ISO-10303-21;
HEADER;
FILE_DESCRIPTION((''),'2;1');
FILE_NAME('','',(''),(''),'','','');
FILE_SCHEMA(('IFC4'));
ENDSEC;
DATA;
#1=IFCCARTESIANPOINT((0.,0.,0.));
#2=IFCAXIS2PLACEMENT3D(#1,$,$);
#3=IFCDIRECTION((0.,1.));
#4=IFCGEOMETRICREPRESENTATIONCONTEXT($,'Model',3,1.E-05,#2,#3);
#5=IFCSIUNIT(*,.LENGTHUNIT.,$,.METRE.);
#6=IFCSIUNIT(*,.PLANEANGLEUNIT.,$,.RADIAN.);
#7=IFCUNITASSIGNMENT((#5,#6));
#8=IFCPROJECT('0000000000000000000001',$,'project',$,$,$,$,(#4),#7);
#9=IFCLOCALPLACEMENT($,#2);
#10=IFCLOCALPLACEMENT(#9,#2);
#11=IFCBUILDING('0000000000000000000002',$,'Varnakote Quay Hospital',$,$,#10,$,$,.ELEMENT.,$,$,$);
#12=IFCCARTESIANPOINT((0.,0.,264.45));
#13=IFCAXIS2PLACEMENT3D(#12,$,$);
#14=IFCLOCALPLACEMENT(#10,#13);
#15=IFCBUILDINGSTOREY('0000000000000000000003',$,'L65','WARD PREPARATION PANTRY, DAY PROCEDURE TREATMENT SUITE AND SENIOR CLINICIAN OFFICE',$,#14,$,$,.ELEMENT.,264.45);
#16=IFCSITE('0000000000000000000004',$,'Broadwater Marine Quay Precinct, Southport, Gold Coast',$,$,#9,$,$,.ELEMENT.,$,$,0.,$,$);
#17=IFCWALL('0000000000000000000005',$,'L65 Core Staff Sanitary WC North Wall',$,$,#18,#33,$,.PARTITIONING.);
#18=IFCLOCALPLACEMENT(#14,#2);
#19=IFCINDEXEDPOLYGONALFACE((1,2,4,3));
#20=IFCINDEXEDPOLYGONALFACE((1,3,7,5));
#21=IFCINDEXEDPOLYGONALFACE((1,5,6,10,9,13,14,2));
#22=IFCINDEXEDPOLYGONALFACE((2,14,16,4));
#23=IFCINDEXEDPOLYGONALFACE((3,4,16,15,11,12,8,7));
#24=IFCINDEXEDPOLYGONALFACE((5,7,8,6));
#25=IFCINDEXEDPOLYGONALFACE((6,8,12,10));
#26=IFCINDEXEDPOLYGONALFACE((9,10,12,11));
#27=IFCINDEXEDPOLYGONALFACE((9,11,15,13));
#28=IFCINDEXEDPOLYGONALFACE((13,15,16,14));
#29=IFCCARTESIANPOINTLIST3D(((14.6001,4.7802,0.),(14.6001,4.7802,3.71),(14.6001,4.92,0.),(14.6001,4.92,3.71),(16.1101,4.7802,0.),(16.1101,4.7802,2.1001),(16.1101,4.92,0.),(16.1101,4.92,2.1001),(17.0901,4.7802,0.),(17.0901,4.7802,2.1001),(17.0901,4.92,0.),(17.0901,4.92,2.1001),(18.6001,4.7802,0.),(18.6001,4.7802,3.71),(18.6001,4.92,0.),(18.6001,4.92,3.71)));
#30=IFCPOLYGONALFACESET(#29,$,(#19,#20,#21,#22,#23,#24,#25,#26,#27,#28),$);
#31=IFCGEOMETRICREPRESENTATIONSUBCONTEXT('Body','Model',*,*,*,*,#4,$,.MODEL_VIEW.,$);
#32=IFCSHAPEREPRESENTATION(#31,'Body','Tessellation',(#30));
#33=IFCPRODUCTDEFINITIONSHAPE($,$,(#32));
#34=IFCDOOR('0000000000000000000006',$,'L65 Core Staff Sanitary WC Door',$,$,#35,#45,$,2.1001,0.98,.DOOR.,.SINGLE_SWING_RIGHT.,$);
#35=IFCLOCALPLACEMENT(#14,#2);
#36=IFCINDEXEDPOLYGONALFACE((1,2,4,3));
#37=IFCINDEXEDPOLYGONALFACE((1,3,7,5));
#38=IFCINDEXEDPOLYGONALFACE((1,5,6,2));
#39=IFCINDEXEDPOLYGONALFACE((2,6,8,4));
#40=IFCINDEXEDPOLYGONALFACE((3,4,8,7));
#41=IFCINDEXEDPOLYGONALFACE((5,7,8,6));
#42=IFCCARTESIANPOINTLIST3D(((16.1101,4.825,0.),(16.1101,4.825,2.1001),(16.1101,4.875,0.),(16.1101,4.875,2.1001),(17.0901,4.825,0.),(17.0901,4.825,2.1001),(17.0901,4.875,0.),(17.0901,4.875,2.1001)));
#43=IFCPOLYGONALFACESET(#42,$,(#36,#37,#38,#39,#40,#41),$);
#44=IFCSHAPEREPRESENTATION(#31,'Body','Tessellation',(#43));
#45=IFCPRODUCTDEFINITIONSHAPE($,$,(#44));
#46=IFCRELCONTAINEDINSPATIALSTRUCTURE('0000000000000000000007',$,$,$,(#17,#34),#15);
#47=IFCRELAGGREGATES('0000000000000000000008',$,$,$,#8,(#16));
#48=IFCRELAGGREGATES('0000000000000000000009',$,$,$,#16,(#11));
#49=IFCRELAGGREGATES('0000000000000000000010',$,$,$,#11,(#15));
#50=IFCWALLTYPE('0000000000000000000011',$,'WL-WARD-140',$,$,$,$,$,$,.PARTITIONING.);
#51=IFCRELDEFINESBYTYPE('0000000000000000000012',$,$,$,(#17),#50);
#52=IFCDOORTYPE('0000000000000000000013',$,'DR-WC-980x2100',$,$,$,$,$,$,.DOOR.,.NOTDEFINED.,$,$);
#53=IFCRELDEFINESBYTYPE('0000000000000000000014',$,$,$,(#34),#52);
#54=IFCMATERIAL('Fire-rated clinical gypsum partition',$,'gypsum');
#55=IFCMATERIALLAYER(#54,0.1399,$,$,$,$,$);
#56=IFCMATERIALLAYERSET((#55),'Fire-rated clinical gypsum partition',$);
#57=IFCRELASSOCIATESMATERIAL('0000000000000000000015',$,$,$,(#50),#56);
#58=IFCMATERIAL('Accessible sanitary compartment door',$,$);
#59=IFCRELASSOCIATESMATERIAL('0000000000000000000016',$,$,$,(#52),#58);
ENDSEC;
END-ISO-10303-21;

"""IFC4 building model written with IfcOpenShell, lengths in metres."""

from ifc_helpers import new_model, si_unit, direction, frame, frame_2d, origin, place, context, subcontext, project, spatial, rectangle, extrude, material, layer, layer_set, type_object, element, fill, save


model = new_model("IFC4")

# Units and contexts
model_context = context("Model", 3, precision=1e-05, world=origin(), true_north=direction((0.0, 1.0)))
body_context = subcontext(model_context, "Body", "Model", "MODEL_VIEW")
ifc_project = project(units=[si_unit("LENGTHUNIT", "METRE"), si_unit("PLANEANGLEUNIT", "RADIAN")], contexts=[model_context])

# Site, building, storey
site_placement = place(None, origin())
site = spatial("IfcSite", under=ifc_project, at=site_placement, Name="Broadwater Marine Quay Precinct, Southport, Gold Coast", CompositionType="ELEMENT", RefElevation=0.0)
building_placement = place(site_placement, origin())
building = spatial("IfcBuilding", under=site, at=building_placement, Name="Varnakote Quay Hospital", CompositionType="ELEMENT")
storey_placement = place(building_placement, frame((0.0, 0.0, 264.45)))
storey = spatial("IfcBuildingStorey", under=building, at=storey_placement, Name="L65", Description="WARD PREPARATION PANTRY, DAY PROCEDURE TREATMENT SUITE AND SENIOR CLINICIAN OFFICE", CompositionType="ELEMENT", Elevation=264.45)

# Wall, opening, door
ifc_material_1 = material(Name="Fire-rated clinical gypsum partition", Category="gypsum")
ifc_layer_1 = layer(ifc_material_1, 0.1399)
ifc_layer_set_1 = layer_set([ifc_layer_1], Name="Fire-rated clinical gypsum partition")
wall_type_1 = type_object("IfcWallType", Name="WL-WARD-140", PredefinedType="PARTITIONING", material=ifc_layer_set_1)
wall_1_placement = place(storey_placement, frame((14.6001, 4.8501, 0.0), z_axis=(0.0, 0.0, 1.0), x_axis=(1.0, 0.0, 0.0)))
wall_1 = element("IfcWall", 1, at=wall_1_placement, inside=storey, type_object=wall_type_1, Name="L65 Core Staff Sanitary WC North Wall", PredefinedType="PARTITIONING", context=body_context, shape_type="SweptSolid", body=[
    extrude(rectangle(XDim=4.0, YDim=0.1399, at=frame_2d((2.0, 0.0))), origin(), (0.0, 0.0, 1.0), 3.71),
])
opening_1_placement = place(wall_1_placement, frame((1.51, 0.0, 0.0)))
opening_1 = element("IfcOpeningElement", 2, at=opening_1_placement, cuts=wall_1, PredefinedType="OPENING", context=body_context, shape_type="SweptSolid", body=[
    extrude(rectangle(XDim=0.98, YDim=2.1001, at=frame_2d((0.49, 1.05))), frame((0.0, 0.0798, 0.0), z_axis=(0.0, -1.0, 0.0), x_axis=(1.0, 0.0, 0.0)), (0.0, 0.0, 1.0), 0.1599),
])
ifc_material_2 = material(Name="Accessible sanitary compartment door")
door_type_1 = type_object("IfcDoorType", Name="DR-WC-980x2100", OperationType="NOTDEFINED", PredefinedType="DOOR", material=ifc_material_2)
door_1_placement = place(opening_1_placement, origin())
door_1 = element("IfcDoor", 3, at=door_1_placement, inside=storey, type_object=door_type_1, Name="L65 Core Staff Sanitary WC Door", OperationType="SINGLE_SWING_RIGHT", OverallHeight=2.1001, OverallWidth=0.98, PredefinedType="DOOR", context=body_context, shape_type="SweptSolid", body=[
    extrude(rectangle(XDim=0.98, YDim=2.1001, at=frame_2d((0.49, 1.05))), frame((0.0, 0.0249, 0.0), z_axis=(0.0, -1.0, 0.0), x_axis=(1.0, 0.0, 0.0)), (0.0, 0.0, 1.0), 0.05),
])
fill(opening_1, door_1)

save(model, "model.ifc")
